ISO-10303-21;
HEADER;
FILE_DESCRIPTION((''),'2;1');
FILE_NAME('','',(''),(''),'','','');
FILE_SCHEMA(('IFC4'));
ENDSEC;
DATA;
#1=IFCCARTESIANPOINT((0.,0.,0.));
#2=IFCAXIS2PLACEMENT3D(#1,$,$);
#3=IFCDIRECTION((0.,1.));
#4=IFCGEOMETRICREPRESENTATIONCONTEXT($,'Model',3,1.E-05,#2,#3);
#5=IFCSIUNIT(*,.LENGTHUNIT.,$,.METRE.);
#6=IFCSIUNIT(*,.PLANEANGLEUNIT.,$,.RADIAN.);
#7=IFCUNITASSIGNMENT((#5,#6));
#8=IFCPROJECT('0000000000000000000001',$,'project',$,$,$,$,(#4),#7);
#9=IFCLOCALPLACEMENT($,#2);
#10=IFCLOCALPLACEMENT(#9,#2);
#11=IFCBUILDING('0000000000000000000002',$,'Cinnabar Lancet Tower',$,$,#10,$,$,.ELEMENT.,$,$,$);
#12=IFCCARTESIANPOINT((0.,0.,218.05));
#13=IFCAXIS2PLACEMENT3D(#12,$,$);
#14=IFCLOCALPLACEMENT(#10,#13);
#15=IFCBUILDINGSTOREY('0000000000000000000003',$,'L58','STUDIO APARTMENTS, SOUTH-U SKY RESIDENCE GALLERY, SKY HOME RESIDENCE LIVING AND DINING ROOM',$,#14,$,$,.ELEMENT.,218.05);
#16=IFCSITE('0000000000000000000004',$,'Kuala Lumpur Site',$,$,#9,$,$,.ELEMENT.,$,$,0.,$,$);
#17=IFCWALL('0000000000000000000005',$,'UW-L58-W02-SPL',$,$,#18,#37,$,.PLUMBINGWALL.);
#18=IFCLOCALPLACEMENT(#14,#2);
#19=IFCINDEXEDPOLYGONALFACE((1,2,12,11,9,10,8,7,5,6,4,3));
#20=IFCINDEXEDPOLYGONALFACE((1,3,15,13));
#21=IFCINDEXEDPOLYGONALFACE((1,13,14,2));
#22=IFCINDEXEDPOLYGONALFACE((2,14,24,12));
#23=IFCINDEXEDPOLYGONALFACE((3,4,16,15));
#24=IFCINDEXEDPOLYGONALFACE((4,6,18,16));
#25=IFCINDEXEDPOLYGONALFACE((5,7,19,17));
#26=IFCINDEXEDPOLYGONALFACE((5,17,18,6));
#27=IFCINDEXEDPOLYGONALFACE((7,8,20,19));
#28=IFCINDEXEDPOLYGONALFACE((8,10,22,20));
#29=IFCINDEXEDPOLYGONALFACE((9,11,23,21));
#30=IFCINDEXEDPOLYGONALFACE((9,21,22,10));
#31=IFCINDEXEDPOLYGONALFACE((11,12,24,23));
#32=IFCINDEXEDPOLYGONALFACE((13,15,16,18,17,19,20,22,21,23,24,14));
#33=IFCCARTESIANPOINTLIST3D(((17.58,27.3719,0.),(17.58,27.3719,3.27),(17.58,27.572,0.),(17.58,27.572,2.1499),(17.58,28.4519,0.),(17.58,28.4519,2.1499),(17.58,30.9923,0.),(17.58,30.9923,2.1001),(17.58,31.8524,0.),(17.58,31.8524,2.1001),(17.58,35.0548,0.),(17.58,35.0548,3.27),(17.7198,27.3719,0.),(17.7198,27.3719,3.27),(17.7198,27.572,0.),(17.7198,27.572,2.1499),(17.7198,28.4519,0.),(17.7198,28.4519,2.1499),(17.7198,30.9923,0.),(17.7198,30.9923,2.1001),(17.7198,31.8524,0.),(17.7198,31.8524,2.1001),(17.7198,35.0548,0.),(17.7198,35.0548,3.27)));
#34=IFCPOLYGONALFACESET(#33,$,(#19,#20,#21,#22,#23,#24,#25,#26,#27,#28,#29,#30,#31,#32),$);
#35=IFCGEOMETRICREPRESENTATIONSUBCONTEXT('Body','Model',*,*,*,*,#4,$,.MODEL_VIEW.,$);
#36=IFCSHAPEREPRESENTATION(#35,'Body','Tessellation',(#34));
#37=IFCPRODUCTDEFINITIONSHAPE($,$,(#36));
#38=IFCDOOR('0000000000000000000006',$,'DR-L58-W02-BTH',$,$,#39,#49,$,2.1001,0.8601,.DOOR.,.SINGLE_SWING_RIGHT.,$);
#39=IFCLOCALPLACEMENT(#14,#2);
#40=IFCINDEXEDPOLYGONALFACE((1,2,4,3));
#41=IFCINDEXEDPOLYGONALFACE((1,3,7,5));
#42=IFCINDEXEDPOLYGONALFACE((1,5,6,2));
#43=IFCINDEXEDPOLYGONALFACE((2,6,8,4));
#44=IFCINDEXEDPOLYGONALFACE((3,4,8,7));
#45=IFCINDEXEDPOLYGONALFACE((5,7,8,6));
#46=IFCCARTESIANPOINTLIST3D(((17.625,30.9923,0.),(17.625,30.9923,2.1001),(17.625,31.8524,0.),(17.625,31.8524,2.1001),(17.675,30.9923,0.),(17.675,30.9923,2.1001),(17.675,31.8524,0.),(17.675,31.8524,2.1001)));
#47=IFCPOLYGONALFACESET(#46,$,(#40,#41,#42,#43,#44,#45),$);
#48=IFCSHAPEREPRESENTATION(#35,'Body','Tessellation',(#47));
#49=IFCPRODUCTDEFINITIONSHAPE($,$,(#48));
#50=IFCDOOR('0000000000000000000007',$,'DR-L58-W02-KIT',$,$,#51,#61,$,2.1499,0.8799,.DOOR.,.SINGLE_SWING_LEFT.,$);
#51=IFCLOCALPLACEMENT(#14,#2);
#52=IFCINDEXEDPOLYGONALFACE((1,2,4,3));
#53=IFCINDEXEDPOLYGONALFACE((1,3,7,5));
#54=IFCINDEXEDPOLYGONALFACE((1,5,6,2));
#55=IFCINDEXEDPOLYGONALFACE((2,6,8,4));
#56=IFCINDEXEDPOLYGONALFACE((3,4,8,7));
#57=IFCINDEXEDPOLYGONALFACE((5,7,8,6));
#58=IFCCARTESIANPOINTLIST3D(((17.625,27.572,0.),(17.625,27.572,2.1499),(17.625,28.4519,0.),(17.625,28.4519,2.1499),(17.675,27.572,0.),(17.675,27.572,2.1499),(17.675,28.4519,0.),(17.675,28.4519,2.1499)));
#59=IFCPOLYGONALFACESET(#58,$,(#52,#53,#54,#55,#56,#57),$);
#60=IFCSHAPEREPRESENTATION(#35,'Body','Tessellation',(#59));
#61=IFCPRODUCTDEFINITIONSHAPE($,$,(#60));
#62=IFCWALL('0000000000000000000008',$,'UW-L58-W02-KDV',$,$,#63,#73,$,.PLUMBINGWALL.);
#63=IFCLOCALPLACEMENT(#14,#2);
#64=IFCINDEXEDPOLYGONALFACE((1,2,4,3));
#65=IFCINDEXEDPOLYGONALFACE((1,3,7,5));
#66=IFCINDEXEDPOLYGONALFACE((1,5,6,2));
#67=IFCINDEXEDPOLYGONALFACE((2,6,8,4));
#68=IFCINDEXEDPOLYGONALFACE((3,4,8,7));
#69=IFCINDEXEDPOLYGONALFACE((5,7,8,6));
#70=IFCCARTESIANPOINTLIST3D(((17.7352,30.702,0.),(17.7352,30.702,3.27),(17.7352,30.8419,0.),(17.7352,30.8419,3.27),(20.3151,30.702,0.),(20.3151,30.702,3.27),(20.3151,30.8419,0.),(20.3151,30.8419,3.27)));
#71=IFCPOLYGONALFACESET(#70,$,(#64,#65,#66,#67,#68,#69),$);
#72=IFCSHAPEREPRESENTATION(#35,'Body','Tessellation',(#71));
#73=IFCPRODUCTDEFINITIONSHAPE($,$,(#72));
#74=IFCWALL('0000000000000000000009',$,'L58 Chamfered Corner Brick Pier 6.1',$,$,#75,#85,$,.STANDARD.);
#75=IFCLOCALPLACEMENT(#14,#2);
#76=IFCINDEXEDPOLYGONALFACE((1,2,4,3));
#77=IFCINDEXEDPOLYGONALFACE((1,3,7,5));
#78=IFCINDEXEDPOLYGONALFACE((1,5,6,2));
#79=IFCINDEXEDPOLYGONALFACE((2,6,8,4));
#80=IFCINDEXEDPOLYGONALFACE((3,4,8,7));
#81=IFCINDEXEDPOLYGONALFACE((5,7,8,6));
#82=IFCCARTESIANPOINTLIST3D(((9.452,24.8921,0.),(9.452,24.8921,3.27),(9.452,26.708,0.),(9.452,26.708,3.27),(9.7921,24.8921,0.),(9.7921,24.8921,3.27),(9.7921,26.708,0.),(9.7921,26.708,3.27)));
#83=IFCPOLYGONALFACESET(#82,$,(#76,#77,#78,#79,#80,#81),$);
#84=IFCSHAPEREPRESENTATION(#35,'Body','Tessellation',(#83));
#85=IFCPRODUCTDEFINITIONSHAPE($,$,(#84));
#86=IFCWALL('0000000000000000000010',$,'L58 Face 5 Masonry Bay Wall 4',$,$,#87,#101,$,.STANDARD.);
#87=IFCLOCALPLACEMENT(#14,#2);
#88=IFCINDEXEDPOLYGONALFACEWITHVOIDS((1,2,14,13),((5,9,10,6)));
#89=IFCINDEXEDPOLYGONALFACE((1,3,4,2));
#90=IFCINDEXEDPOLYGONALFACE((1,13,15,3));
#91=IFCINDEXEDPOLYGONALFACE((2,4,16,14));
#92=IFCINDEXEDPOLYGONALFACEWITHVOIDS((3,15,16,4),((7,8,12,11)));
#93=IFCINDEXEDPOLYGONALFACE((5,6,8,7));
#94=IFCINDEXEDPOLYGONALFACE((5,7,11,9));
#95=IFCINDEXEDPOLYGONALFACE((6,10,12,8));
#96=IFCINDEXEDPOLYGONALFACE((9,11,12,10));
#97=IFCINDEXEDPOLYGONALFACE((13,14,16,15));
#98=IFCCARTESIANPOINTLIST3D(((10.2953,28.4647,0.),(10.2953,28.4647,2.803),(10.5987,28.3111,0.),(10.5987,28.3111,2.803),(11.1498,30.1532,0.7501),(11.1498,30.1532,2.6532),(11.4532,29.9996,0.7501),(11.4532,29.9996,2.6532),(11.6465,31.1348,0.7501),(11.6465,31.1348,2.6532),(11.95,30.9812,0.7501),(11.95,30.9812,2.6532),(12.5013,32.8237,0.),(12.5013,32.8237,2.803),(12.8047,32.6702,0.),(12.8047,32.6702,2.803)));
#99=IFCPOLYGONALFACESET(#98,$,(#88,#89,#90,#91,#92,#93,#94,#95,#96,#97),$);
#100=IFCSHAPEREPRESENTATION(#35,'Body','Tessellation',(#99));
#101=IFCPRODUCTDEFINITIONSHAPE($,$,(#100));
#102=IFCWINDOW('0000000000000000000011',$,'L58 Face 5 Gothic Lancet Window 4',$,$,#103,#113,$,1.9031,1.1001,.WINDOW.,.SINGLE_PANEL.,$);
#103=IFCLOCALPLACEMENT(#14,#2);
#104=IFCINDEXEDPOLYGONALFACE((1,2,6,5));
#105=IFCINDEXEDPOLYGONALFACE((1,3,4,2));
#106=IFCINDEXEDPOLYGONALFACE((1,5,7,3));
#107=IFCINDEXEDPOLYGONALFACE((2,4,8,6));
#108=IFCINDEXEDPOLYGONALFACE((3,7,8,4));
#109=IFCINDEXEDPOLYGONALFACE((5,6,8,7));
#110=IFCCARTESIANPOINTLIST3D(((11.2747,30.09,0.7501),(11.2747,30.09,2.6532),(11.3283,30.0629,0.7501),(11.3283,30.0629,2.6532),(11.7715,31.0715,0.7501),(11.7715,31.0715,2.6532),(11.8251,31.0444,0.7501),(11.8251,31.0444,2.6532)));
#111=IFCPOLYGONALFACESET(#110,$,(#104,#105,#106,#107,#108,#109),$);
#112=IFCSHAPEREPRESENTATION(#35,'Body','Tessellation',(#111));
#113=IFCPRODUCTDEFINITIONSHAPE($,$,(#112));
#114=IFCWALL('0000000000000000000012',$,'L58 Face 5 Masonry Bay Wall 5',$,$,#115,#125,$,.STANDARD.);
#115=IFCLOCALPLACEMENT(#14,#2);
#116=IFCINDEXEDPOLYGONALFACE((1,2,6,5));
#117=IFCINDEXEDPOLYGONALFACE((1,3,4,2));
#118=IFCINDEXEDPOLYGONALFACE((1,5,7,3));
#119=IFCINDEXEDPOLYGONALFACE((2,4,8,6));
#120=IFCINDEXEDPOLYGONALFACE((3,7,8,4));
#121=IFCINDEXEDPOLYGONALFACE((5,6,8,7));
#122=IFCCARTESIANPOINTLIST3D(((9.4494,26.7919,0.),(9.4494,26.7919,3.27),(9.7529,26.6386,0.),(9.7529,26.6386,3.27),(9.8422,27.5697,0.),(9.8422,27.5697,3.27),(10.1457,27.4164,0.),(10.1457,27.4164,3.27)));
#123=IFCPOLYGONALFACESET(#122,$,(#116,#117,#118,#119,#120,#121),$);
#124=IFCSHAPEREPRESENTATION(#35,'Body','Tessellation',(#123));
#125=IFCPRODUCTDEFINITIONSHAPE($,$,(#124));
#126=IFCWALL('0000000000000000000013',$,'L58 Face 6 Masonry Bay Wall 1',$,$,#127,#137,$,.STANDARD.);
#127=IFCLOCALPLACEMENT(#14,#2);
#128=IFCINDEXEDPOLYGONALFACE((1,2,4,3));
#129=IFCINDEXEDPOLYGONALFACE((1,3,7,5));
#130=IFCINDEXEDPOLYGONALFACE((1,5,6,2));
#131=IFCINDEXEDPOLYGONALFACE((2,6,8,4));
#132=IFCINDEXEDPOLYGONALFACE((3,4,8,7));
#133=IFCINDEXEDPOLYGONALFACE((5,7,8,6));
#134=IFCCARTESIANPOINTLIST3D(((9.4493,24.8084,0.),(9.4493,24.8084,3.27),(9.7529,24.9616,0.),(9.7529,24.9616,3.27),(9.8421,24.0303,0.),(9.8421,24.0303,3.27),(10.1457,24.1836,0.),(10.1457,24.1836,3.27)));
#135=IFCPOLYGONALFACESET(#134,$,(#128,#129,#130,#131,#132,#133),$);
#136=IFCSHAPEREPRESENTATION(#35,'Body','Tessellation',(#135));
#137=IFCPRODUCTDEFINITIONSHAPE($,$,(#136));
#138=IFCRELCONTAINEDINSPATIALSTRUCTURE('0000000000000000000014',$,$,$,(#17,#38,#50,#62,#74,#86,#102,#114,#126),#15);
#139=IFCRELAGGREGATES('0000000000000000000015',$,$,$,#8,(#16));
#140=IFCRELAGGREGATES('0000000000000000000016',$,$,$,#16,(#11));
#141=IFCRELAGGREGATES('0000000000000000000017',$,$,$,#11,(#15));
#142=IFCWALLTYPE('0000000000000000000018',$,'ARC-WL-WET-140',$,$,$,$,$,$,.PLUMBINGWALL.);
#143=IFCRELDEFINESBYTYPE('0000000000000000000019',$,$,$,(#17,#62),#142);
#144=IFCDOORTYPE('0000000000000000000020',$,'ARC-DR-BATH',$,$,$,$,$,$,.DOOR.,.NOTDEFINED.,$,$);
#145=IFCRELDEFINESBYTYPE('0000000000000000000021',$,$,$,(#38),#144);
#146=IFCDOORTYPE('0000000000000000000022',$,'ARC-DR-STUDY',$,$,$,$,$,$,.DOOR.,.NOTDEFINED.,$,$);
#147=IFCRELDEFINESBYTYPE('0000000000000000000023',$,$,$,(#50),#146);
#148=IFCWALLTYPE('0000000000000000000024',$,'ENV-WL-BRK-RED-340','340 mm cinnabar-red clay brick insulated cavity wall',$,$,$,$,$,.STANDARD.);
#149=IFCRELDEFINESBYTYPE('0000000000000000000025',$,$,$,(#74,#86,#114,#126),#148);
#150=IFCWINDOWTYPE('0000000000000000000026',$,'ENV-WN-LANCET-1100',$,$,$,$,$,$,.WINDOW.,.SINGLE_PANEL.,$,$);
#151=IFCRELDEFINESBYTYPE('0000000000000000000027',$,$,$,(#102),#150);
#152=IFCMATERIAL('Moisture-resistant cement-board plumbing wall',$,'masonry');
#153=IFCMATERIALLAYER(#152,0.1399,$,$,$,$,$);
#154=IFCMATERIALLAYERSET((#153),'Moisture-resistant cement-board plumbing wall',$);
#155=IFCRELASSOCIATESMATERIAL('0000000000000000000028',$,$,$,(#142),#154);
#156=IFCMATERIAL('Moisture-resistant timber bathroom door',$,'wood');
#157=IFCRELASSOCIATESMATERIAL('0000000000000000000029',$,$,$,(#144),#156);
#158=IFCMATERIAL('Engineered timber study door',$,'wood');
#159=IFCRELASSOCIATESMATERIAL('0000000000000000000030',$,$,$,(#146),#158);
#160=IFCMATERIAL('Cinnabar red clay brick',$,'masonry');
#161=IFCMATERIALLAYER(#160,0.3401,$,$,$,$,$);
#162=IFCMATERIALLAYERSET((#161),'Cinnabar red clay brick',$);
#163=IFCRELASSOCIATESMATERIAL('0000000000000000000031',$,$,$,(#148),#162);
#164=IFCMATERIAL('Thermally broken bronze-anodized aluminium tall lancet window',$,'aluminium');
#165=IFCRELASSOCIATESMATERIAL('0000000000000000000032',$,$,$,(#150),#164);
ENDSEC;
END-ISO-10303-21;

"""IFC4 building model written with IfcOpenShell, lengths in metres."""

from ifc_helpers import new_model, si_unit, direction, frame, frame_2d, origin, place, context, subcontext, project, spatial, rectangle, extrude, material, layer, layer_set, type_object, element, fill, save


model = new_model("IFC4")

# Units and contexts
model_context = context("Model", 3, precision=1e-05, world=origin(), true_north=direction((0.0, 1.0)))
body_context = subcontext(model_context, "Body", "Model", "MODEL_VIEW")
ifc_project = project(units=[si_unit("LENGTHUNIT", "METRE"), si_unit("PLANEANGLEUNIT", "RADIAN")], contexts=[model_context])

# Site, building, storey
site_placement = place(None, origin())
site = spatial("IfcSite", under=ifc_project, at=site_placement, Name="Kuala Lumpur Site", CompositionType="ELEMENT", RefElevation=0.0)
building_placement = place(site_placement, origin())
building = spatial("IfcBuilding", under=site, at=building_placement, Name="Cinnabar Lancet Tower", CompositionType="ELEMENT")
storey_placement = place(building_placement, frame((0.0, 0.0, 218.05)))
storey = spatial("IfcBuildingStorey", under=building, at=storey_placement, Name="L58", Description="STUDIO APARTMENTS, SOUTH-U SKY RESIDENCE GALLERY, SKY HOME RESIDENCE LIVING AND DINING ROOM", CompositionType="ELEMENT", Elevation=218.05)

# Wall, openings, doors
ifc_material_1 = material(Name="Moisture-resistant cement-board plumbing wall", Category="masonry")
ifc_layer_1 = layer(ifc_material_1, 0.1399)
ifc_layer_set_1 = layer_set([ifc_layer_1], Name="Moisture-resistant cement-board plumbing wall")
wall_type_1 = type_object("IfcWallType", Name="ARC-WL-WET-140", PredefinedType="PLUMBINGWALL", material=ifc_layer_set_1)
wall_1_placement = place(storey_placement, frame((17.6499, 27.3721, 0.0), z_axis=(0.0, 0.0, 1.0), x_axis=(0.0, 1.0, 0.0)))
wall_1 = element("IfcWall", 1, at=wall_1_placement, inside=storey, type_object=wall_type_1, Name="UW-L58-W02-SPL", PredefinedType="PLUMBINGWALL", context=body_context, shape_type="SweptSolid", body=[
    extrude(rectangle(XDim=7.6829, YDim=0.1399, at=frame_2d((3.8413, 0.0))), origin(), (0.0, 0.0, 1.0), 3.27),
])
opening_1_placement = place(wall_1_placement, frame((3.6201, 0.0, 0.0)))
opening_1 = element("IfcOpeningElement", 2, at=opening_1_placement, cuts=wall_1, PredefinedType="OPENING", context=body_context, shape_type="SweptSolid", body=[
    extrude(rectangle(XDim=0.8601, YDim=2.1001, at=frame_2d((0.4302, 1.05))), frame((0.0, 0.0798, 0.0), z_axis=(0.0, -1.0, 0.0), x_axis=(1.0, 0.0, 0.0)), (0.0, 0.0, 1.0), 0.1599),
])
opening_2_placement = place(wall_1_placement, frame((0.2, 0.0, 0.0)))
opening_2 = element("IfcOpeningElement", 3, at=opening_2_placement, cuts=wall_1, PredefinedType="OPENING", context=body_context, shape_type="SweptSolid", body=[
    extrude(rectangle(XDim=0.8799, YDim=2.1499, at=frame_2d((0.4399, 1.075))), frame((0.0, 0.0798, 0.0), z_axis=(0.0, -1.0, 0.0), x_axis=(1.0, 0.0, 0.0)), (0.0, 0.0, 1.0), 0.1599),
])
ifc_material_2 = material(Name="Moisture-resistant timber bathroom door", Category="wood")
door_type_1 = type_object("IfcDoorType", Name="ARC-DR-BATH", OperationType="NOTDEFINED", PredefinedType="DOOR", material=ifc_material_2)
door_1_placement = place(opening_1_placement, origin())
door_1 = element("IfcDoor", 4, at=door_1_placement, inside=storey, type_object=door_type_1, Name="DR-L58-W02-BTH", OperationType="SINGLE_SWING_RIGHT", OverallHeight=2.1001, OverallWidth=0.8601, PredefinedType="DOOR", context=body_context, shape_type="SweptSolid", body=[
    extrude(rectangle(XDim=0.8601, YDim=2.1001, at=frame_2d((0.4302, 1.05))), frame((0.0, 0.0249, 0.0), z_axis=(0.0, -1.0, 0.0), x_axis=(1.0, 0.0, 0.0)), (0.0, 0.0, 1.0), 0.05),
])
fill(opening_1, door_1)
ifc_material_3 = material(Name="Engineered timber study door", Category="wood")
door_type_2 = type_object("IfcDoorType", Name="ARC-DR-STUDY", OperationType="NOTDEFINED", PredefinedType="DOOR", material=ifc_material_3)
door_2_placement = place(opening_2_placement, origin())
door_2 = element("IfcDoor", 5, at=door_2_placement, inside=storey, type_object=door_type_2, Name="DR-L58-W02-KIT", OperationType="SINGLE_SWING_LEFT", OverallHeight=2.1499, OverallWidth=0.8799, PredefinedType="DOOR", context=body_context, shape_type="SweptSolid", body=[
    extrude(rectangle(XDim=0.8799, YDim=2.1499, at=frame_2d((0.4399, 1.075))), frame((0.0, 0.0249, 0.0), z_axis=(0.0, -1.0, 0.0), x_axis=(1.0, 0.0, 0.0)), (0.0, 0.0, 1.0), 0.05),
])
fill(opening_2, door_2)

# Walls
wall_2_placement = place(storey_placement, frame((17.7351, 30.772, 0.0), z_axis=(0.0, 0.0, 1.0), x_axis=(1.0, 0.0, 0.0)))
element("IfcWall", 6, at=wall_2_placement, inside=storey, type_object=wall_type_1, Name="UW-L58-W02-KDV", PredefinedType="PLUMBINGWALL", context=body_context, shape_type="SweptSolid", body=[
    extrude(rectangle(XDim=2.5798, YDim=0.1399, at=frame_2d((1.29, 0.0))), origin(), (0.0, 0.0, 1.0), 3.27),
])
ifc_material_4 = material(Name="Cinnabar red clay brick", Category="masonry")
ifc_layer_2 = layer(ifc_material_4, 0.3401)
ifc_layer_set_2 = layer_set([ifc_layer_2], Name="Cinnabar red clay brick")
wall_type_2 = type_object("IfcWallType", Name="ENV-WL-BRK-RED-340", Description="340 mm cinnabar-red clay brick insulated cavity wall", PredefinedType="STANDARD", material=ifc_layer_set_2)
wall_3_placement = place(storey_placement, frame((9.6221, 26.708, 0.0), z_axis=(0.0, 0.0, 1.0), x_axis=(0.0, -1.0, 0.0)))
element("IfcWall", 7, at=wall_3_placement, inside=storey, type_object=wall_type_2, Name="L58 Chamfered Corner Brick Pier 6.1", PredefinedType="STANDARD", context=body_context, shape_type="SweptSolid", body=[
    extrude(rectangle(XDim=1.8159, YDim=0.3401, at=frame_2d((0.908, 0.0))), origin(), (0.0, 0.0, 1.0), 3.27),
])

# Wall, opening, window
wall_4_placement = place(storey_placement, frame((12.6531, 32.7471, 0.0), z_axis=(0.0, 0.0, 1.0), x_axis=(-0.451546, -0.892248, 0.0)))
wall_4 = element("IfcWall", 8, at=wall_4_placement, inside=storey, type_object=wall_type_2, Name="L58 Face 5 Masonry Bay Wall 4", PredefinedType="STANDARD", context=body_context, shape_type="SweptSolid", body=[
    extrude(rectangle(XDim=4.8855, YDim=0.3401, at=frame_2d((2.4429, 0.0))), origin(), (0.0, 0.0, 1.0), 2.803),
])
opening_3_placement = place(wall_4_placement, frame((1.8931, 0.0, 0.75)))
opening_3 = element("IfcOpeningElement", 9, at=opening_3_placement, cuts=wall_4, PredefinedType="OPENING", context=body_context, shape_type="SweptSolid", body=[
    extrude(rectangle(XDim=1.1001, YDim=1.9031, at=frame_2d((0.55, 0.9517))), frame((0.0, 0.1799, 0.0), z_axis=(0.0, -1.0, 0.0), x_axis=(1.0, 0.0, 0.0)), (0.0, 0.0, 1.0), 0.3601),
])
ifc_material_5 = material(Name="Thermally broken bronze-anodized aluminium tall lancet window", Category="aluminium")
window_type = type_object("IfcWindowType", Name="ENV-WN-LANCET-1100", PartitioningType="SINGLE_PANEL", PredefinedType="WINDOW", material=ifc_material_5)
window_placement = place(opening_3_placement, origin())
window = element("IfcWindow", 10, at=window_placement, inside=storey, type_object=window_type, Name="L58 Face 5 Gothic Lancet Window 4", OverallHeight=1.9031, OverallWidth=1.1001, PartitioningType="SINGLE_PANEL", PredefinedType="WINDOW", context=body_context, shape_type="SweptSolid", body=[
    extrude(rectangle(XDim=1.1001, YDim=1.9031, at=frame_2d((0.55, 0.9517))), frame((0.0, 0.03, 0.0), z_axis=(0.0, -1.0, 0.0), x_axis=(1.0, 0.0, 0.0)), (0.0, 0.0, 1.0), 0.0601),
])
fill(opening_3, window)

# Walls
wall_5_placement = place(storey_placement, frame((9.9939, 27.4929, 0.0), z_axis=(0.0, 0.0, 1.0), x_axis=(-0.450796, -0.892627, 0.0)))
element("IfcWall", 11, at=wall_5_placement, inside=storey, type_object=wall_type_2, Name="L58 Face 5 Masonry Bay Wall 5", PredefinedType="STANDARD", context=body_context, shape_type="SweptSolid", body=[
    extrude(rectangle(XDim=0.8713, YDim=0.3401, at=frame_2d((0.4355, 0.0))), origin(), (0.0, 0.0, 1.0), 3.27),
])
wall_6_placement = place(storey_placement, frame((9.6011, 24.885, 0.0), z_axis=(0.0, 0.0, 1.0), x_axis=(0.450683, -0.892684, 0.0)))
element("IfcWall", 12, at=wall_6_placement, inside=storey, type_object=wall_type_2, Name="L58 Face 6 Masonry Bay Wall 1", PredefinedType="STANDARD", context=body_context, shape_type="SweptSolid", body=[
    extrude(rectangle(XDim=0.8716, YDim=0.3401, at=frame_2d((0.4358, 0.0))), origin(), (0.0, 0.0, 1.0), 3.27),
])

save(model, "model.ifc")
